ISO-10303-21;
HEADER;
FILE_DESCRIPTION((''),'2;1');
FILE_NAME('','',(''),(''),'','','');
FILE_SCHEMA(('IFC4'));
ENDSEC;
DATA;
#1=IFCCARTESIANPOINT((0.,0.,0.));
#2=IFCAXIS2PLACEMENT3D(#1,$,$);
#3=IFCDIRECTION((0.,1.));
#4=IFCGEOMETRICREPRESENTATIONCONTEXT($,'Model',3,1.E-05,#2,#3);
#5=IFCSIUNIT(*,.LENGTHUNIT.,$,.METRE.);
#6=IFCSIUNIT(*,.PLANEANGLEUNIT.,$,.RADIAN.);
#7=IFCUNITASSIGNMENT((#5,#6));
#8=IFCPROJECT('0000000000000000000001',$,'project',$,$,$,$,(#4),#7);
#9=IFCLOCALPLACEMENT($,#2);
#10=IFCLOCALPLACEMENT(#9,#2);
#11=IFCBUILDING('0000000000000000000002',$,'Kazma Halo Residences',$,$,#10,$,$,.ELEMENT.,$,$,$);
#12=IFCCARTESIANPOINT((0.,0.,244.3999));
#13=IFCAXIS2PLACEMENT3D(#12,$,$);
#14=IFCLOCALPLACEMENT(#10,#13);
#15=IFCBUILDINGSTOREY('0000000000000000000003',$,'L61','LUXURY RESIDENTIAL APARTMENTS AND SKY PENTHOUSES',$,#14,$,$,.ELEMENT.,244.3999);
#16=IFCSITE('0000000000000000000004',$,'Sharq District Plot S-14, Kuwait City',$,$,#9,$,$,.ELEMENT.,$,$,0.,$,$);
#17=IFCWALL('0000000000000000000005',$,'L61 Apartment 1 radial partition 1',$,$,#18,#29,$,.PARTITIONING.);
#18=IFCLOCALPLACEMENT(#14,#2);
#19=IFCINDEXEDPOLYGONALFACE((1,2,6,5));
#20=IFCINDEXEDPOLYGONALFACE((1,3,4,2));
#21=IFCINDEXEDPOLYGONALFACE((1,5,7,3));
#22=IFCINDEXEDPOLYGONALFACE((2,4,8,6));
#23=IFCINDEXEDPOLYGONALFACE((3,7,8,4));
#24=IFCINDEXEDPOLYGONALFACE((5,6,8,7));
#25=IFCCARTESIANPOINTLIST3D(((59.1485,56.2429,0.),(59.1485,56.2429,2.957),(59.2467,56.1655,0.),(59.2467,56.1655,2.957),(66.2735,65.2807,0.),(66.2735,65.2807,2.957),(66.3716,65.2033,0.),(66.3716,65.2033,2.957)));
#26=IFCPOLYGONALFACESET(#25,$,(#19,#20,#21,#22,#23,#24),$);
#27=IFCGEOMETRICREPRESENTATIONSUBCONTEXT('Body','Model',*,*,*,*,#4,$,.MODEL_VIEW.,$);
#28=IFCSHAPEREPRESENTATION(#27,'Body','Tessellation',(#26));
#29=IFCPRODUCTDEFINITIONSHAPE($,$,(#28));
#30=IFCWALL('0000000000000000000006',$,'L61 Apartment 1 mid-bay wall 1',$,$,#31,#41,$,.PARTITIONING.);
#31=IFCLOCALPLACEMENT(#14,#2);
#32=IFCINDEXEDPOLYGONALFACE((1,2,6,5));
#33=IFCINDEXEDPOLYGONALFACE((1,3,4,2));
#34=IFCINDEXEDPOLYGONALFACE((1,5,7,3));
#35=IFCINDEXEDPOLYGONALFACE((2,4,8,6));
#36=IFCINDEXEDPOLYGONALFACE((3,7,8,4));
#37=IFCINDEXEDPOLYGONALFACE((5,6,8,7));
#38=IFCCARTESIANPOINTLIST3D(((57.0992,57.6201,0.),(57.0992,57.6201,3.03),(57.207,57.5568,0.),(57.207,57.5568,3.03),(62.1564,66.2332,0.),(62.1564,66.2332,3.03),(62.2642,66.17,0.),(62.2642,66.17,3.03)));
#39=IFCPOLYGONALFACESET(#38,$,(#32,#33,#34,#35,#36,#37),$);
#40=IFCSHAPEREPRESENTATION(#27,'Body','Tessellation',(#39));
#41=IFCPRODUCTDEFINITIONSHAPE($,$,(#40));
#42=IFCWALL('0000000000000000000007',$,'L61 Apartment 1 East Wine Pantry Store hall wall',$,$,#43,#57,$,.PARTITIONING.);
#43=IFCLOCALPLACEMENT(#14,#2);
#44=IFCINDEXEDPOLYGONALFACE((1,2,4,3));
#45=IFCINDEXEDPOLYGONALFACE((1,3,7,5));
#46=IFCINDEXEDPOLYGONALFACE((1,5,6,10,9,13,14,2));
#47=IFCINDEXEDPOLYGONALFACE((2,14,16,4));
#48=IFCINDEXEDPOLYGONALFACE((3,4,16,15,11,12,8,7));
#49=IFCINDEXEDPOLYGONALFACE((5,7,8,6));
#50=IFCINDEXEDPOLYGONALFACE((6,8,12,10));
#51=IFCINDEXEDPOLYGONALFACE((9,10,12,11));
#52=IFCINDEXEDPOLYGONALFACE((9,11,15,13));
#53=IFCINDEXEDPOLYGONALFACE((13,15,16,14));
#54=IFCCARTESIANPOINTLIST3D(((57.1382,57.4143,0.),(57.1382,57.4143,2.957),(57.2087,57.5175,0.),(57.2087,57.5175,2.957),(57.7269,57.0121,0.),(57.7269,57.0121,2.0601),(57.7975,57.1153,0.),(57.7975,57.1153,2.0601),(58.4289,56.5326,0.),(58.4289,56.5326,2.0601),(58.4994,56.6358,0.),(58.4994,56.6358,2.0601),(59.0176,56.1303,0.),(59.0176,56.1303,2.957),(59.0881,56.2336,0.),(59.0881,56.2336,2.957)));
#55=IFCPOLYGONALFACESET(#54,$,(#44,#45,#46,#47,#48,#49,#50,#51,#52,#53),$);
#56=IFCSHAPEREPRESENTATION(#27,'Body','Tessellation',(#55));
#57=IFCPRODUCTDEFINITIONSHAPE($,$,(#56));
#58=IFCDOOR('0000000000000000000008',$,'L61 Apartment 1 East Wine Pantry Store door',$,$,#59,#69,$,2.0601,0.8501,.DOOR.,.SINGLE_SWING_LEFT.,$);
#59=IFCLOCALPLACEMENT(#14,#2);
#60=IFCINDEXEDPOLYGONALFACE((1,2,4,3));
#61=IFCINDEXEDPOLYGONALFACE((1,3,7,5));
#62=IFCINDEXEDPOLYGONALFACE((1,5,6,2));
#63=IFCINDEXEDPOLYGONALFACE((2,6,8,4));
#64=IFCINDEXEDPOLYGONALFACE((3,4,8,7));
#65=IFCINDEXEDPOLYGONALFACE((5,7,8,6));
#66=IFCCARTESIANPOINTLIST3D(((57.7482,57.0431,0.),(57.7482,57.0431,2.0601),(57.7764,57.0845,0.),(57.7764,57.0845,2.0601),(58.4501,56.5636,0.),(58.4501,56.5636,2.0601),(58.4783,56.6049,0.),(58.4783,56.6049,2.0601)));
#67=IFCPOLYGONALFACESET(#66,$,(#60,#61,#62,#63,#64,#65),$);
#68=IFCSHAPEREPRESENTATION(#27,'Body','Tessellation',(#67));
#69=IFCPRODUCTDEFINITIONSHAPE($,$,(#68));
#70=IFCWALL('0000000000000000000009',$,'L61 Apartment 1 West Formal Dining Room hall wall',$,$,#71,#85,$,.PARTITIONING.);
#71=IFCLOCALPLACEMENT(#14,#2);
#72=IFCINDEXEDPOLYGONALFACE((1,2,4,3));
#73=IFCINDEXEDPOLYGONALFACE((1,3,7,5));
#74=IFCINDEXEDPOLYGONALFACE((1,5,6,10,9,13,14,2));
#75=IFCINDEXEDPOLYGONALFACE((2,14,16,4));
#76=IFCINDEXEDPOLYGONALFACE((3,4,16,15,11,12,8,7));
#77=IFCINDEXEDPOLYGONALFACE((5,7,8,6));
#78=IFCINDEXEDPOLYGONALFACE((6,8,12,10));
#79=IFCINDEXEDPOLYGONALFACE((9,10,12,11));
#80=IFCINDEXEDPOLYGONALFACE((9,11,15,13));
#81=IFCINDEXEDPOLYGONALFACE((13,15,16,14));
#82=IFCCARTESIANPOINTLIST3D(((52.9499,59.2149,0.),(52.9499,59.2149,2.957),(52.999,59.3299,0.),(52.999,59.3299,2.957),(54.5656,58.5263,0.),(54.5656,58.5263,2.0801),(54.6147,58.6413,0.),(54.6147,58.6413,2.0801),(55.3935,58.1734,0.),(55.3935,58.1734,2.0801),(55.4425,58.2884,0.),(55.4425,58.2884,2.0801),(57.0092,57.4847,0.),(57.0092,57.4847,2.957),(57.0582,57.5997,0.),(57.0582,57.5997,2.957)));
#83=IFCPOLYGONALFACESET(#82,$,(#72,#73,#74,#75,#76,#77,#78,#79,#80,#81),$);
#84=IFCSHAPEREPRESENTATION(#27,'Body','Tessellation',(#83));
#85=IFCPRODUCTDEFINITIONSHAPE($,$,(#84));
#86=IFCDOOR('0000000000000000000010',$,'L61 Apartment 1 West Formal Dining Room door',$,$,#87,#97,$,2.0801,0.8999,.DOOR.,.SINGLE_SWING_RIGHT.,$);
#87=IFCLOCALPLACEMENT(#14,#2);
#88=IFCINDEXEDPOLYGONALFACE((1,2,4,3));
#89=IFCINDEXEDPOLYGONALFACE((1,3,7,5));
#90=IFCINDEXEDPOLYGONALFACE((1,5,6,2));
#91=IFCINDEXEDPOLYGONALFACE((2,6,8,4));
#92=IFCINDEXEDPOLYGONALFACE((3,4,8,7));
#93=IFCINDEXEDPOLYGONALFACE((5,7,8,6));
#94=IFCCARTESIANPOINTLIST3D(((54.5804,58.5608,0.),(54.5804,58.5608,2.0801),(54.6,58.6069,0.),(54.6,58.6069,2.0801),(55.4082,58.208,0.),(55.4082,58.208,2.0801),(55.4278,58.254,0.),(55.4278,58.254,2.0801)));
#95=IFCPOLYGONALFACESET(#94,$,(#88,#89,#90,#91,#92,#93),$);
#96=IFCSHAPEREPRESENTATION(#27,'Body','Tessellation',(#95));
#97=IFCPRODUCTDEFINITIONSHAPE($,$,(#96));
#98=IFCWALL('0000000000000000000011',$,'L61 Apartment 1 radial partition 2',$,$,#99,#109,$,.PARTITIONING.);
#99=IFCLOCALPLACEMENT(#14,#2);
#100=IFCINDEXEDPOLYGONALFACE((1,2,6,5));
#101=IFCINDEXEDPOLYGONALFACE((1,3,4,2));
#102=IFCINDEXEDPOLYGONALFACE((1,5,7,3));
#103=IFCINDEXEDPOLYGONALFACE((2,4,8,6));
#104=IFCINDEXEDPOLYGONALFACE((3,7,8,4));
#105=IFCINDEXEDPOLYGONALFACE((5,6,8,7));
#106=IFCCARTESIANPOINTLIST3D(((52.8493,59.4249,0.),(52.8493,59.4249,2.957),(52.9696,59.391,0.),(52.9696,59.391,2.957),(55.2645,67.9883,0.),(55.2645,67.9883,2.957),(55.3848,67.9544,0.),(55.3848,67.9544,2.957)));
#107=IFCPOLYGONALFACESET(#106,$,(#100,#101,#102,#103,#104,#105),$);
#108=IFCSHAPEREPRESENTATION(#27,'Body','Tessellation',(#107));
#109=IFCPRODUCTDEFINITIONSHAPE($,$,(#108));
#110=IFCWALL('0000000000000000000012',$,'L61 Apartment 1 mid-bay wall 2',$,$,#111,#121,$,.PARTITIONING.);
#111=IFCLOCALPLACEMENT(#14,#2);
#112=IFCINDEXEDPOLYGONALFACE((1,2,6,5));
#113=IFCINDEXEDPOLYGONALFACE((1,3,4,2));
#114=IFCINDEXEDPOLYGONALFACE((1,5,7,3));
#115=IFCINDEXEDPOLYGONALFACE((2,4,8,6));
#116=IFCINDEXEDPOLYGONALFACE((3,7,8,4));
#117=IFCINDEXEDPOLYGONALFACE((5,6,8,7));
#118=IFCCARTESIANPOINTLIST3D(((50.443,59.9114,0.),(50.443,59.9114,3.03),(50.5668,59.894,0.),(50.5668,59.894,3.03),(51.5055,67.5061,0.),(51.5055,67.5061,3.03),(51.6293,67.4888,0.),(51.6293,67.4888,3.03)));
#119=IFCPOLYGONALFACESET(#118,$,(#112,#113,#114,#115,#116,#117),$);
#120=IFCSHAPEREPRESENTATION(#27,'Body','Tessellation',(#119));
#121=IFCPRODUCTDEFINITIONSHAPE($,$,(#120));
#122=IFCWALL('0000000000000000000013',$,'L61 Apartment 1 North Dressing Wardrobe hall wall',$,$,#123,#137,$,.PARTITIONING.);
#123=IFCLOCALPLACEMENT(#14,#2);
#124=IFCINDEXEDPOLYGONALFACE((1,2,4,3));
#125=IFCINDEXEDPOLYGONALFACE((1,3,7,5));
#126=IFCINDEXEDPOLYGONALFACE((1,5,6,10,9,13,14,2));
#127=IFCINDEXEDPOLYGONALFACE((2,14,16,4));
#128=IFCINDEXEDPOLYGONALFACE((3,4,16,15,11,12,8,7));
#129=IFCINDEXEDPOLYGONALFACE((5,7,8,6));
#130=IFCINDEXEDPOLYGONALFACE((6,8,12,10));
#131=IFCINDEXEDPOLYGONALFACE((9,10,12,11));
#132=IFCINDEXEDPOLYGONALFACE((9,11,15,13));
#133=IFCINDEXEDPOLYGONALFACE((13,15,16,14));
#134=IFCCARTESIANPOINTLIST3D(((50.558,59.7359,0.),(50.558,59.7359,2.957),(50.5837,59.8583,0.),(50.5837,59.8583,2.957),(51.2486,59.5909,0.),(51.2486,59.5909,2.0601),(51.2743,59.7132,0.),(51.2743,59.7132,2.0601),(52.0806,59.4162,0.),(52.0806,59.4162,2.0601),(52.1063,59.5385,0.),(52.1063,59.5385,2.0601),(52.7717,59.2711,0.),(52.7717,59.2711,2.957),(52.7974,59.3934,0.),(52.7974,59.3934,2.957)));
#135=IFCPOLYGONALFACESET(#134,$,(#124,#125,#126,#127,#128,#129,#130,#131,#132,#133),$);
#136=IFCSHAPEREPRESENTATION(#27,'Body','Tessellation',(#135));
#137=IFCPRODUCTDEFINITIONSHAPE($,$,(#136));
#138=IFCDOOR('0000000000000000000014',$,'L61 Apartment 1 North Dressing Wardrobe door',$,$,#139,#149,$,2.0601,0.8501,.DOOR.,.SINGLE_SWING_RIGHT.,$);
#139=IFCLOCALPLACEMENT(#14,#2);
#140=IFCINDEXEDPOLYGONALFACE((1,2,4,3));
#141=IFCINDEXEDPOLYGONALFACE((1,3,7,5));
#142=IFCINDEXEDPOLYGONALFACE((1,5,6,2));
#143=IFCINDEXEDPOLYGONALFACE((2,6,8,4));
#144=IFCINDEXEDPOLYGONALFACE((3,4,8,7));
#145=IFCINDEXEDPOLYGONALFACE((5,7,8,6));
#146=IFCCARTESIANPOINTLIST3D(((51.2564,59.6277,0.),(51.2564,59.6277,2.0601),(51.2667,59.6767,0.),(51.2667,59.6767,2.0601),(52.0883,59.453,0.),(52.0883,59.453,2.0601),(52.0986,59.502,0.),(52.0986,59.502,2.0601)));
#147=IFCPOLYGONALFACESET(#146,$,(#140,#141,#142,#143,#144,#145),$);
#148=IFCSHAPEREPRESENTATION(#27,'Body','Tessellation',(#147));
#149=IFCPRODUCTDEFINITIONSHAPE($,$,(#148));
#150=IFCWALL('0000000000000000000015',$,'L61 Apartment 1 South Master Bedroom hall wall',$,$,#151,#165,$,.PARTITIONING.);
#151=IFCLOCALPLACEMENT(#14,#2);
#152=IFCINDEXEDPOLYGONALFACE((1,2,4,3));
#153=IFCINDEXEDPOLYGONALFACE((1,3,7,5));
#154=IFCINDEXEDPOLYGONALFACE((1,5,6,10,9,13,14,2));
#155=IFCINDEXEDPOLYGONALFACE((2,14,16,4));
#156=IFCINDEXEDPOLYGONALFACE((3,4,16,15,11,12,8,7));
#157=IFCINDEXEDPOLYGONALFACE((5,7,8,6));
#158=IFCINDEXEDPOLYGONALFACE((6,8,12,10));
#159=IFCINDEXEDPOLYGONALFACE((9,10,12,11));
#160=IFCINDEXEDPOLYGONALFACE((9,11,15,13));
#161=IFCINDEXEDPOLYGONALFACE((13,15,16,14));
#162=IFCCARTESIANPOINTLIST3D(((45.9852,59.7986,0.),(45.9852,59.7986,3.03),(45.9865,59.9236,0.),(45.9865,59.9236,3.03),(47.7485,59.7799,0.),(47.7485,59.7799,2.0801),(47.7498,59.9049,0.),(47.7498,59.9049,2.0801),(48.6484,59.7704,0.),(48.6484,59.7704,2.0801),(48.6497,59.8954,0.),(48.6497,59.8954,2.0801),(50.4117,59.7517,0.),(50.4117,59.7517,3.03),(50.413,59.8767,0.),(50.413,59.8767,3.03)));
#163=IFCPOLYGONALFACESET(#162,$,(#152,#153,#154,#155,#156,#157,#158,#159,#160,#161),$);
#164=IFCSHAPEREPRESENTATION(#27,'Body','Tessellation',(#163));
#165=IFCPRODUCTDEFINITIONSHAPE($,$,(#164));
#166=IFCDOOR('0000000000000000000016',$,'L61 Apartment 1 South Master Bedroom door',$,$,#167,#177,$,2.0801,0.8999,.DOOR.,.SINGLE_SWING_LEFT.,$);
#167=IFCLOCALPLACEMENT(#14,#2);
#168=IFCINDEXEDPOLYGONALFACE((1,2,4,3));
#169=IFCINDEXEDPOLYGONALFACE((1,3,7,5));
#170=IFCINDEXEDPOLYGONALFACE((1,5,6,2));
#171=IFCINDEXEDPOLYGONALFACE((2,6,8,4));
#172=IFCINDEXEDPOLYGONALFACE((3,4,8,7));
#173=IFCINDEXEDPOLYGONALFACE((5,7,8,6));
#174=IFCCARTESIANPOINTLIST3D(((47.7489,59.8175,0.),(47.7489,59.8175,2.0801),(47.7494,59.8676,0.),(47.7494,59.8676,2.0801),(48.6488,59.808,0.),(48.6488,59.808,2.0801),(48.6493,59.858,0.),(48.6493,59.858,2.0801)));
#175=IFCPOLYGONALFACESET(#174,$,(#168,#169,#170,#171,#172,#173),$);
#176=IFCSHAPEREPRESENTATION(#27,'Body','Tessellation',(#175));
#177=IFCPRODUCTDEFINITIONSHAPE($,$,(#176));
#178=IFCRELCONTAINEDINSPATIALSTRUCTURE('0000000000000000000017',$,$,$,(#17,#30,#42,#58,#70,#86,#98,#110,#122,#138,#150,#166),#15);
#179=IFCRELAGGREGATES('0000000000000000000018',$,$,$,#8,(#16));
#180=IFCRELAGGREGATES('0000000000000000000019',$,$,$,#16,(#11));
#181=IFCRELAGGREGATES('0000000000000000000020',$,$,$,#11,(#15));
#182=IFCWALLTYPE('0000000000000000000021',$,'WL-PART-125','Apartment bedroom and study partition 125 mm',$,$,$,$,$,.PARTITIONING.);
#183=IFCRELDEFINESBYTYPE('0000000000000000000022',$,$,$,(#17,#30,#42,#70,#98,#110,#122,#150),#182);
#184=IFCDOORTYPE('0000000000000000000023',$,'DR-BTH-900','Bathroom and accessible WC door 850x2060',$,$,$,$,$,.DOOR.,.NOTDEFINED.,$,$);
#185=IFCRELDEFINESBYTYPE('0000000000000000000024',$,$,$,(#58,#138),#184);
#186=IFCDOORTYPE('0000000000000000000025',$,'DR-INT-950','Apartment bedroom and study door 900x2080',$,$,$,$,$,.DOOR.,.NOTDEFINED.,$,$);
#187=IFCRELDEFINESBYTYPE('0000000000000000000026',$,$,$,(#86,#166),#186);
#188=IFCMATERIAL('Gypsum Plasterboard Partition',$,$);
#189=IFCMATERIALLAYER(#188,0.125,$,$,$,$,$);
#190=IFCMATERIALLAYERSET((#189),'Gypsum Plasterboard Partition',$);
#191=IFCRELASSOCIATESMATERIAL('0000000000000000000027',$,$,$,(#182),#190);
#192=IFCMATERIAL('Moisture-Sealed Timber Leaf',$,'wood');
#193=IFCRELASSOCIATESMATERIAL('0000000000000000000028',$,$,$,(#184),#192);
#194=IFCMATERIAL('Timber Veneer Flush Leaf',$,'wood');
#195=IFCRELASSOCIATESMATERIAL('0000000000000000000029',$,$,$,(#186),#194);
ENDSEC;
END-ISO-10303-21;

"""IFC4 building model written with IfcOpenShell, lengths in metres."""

from ifc_helpers import new_model, si_unit, direction, frame, frame_2d, origin, place, context, subcontext, project, spatial, rectangle, extrude, material, layer, layer_set, type_object, element, fill, save


model = new_model("IFC4")

# Units and contexts
model_context = context("Model", 3, precision=1e-05, world=origin(), true_north=direction((0.0, 1.0)))
body_context = subcontext(model_context, "Body", "Model", "MODEL_VIEW")
ifc_project = project(units=[si_unit("LENGTHUNIT", "METRE"), si_unit("PLANEANGLEUNIT", "RADIAN")], contexts=[model_context])

# Site, building, storey
site_placement = place(None, origin())
site = spatial("IfcSite", under=ifc_project, at=site_placement, Name="Sharq District Plot S-14, Kuwait City", CompositionType="ELEMENT", RefElevation=0.0)
building_placement = place(site_placement, origin())
building = spatial("IfcBuilding", under=site, at=building_placement, Name="Kazma Halo Residences", CompositionType="ELEMENT")
storey_placement = place(building_placement, frame((0.0, 0.0, 244.3999)))
storey = spatial("IfcBuildingStorey", under=building, at=storey_placement, Name="L61", Description="LUXURY RESIDENTIAL APARTMENTS AND SKY PENTHOUSES", CompositionType="ELEMENT", Elevation=244.3999)

# Shared definitions
ifc_material_1 = material(Name="Gypsum Plasterboard Partition")
ifc_layer_1 = layer(ifc_material_1, 0.125)
ifc_layer_set_1 = layer_set([ifc_layer_1], Name="Gypsum Plasterboard Partition")
wall_type_1 = type_object("IfcWallType", Name="WL-PART-125", Description="Apartment bedroom and study partition 125 mm", PredefinedType="PARTITIONING", material=ifc_layer_set_1)

# Walls
wall_1_placement = place(storey_placement, frame((59.1975, 56.2041, 0.0), z_axis=(0.0, 0.0, 1.0), x_axis=(0.619101, 0.785311, 0.0)))
element("IfcWall", 1, at=wall_1_placement, inside=storey, type_object=wall_type_1, Name="L61 Apartment 1 radial partition 1", PredefinedType="PARTITIONING", context=body_context, shape_type="SweptSolid", body=[
    extrude(rectangle(XDim=11.5085, YDim=0.125, at=frame_2d((5.7544, 0.0))), origin(), (0.0, 0.0, 1.0), 2.957),
])
wall_2_placement = place(storey_placement, frame((57.1531, 57.5884, 0.0), z_axis=(0.0, 0.0, 1.0), x_axis=(0.506323, 0.862344, 0.0)))
element("IfcWall", 2, at=wall_2_placement, inside=storey, type_object=wall_type_1, Name="L61 Apartment 1 mid-bay wall 1", PredefinedType="PARTITIONING", context=body_context, shape_type="SweptSolid", body=[
    extrude(rectangle(XDim=9.988, YDim=0.125, at=frame_2d((4.9941, 0.0))), origin(), (0.0, 0.0, 1.0), 3.03),
])

# Walls, openings, doors
wall_3_placement = place(storey_placement, frame((59.053, 56.1819, 0.0), z_axis=(0.0, 0.0, 1.0), x_axis=(-0.82571, 0.564095, 0.0)))
wall_3 = element("IfcWall", 3, at=wall_3_placement, inside=storey, type_object=wall_type_1, Name="L61 Apartment 1 East Wine Pantry Store hall wall", PredefinedType="PARTITIONING", context=body_context, shape_type="SweptSolid", body=[
    extrude(rectangle(XDim=2.2761, YDim=0.125, at=frame_2d((1.1382, 0.0))), origin(), (0.0, 0.0, 1.0), 2.957),
])
opening_1_placement = place(wall_3_placement, frame((0.7131, 0.0, 0.0)))
opening_1 = element("IfcOpeningElement", 4, at=opening_1_placement, cuts=wall_3, PredefinedType="OPENING", context=body_context, shape_type="SweptSolid", body=[
    extrude(rectangle(XDim=0.8501, YDim=2.0601, at=frame_2d((0.425, 1.03))), frame((0.0, 0.0725, 0.0), z_axis=(0.0, -1.0, 0.0), x_axis=(1.0, 0.0, 0.0)), (0.0, 0.0, 1.0), 0.145),
])
ifc_material_2 = material(Name="Moisture-Sealed Timber Leaf", Category="wood")
door_type_1 = type_object("IfcDoorType", Name="DR-BTH-900", Description="Bathroom and accessible WC door 850x2060", OperationType="NOTDEFINED", PredefinedType="DOOR", material=ifc_material_2)
door_1_placement = place(opening_1_placement, origin())
door_1 = element("IfcDoor", 5, at=door_1_placement, inside=storey, type_object=door_type_1, Name="L61 Apartment 1 East Wine Pantry Store door", OperationType="SINGLE_SWING_LEFT", OverallHeight=2.0601, OverallWidth=0.8501, PredefinedType="DOOR", context=body_context, shape_type="SweptSolid", body=[
    extrude(rectangle(XDim=0.8501, YDim=2.0601, at=frame_2d((0.425, 1.03))), frame((0.0, 0.0249, 0.0), z_axis=(0.0, -1.0, 0.0), x_axis=(1.0, 0.0, 0.0)), (0.0, 0.0, 1.0), 0.05),
])
fill(opening_1, door_1)
wall_4_placement = place(storey_placement, frame((57.0337, 57.5422, 0.0), z_axis=(0.0, 0.0, 1.0), x_axis=(-0.919922, 0.392102, 0.0)))
wall_4 = element("IfcWall", 6, at=wall_4_placement, inside=storey, type_object=wall_type_1, Name="L61 Apartment 1 West Formal Dining Room hall wall", PredefinedType="PARTITIONING", context=body_context, shape_type="SweptSolid", body=[
    extrude(rectangle(XDim=4.4126, YDim=0.125, at=frame_2d((2.2063, 0.0))), origin(), (0.0, 0.0, 1.0), 2.957),
])
opening_2_placement = place(wall_4_placement, frame((1.7563, 0.0, 0.0)))
opening_2 = element("IfcOpeningElement", 7, at=opening_2_placement, cuts=wall_4, PredefinedType="OPENING", context=body_context, shape_type="SweptSolid", body=[
    extrude(rectangle(XDim=0.8999, YDim=2.0801, at=frame_2d((0.45, 1.04))), frame((0.0, 0.0725, 0.0), z_axis=(0.0, -1.0, 0.0), x_axis=(1.0, 0.0, 0.0)), (0.0, 0.0, 1.0), 0.145),
])
ifc_material_3 = material(Name="Timber Veneer Flush Leaf", Category="wood")
door_type_2 = type_object("IfcDoorType", Name="DR-INT-950", Description="Apartment bedroom and study door 900x2080", OperationType="NOTDEFINED", PredefinedType="DOOR", material=ifc_material_3)
door_2_placement = place(opening_2_placement, origin())
door_2 = element("IfcDoor", 8, at=door_2_placement, inside=storey, type_object=door_type_2, Name="L61 Apartment 1 West Formal Dining Room door", OperationType="SINGLE_SWING_RIGHT", OverallHeight=2.0801, OverallWidth=0.8999, PredefinedType="DOOR", context=body_context, shape_type="SweptSolid", body=[
    extrude(rectangle(XDim=0.8999, YDim=2.0801, at=frame_2d((0.45, 1.04))), frame((0.0, 0.0249, 0.0), z_axis=(0.0, -1.0, 0.0), x_axis=(1.0, 0.0, 0.0)), (0.0, 0.0, 1.0), 0.05),
])
fill(opening_2, door_2)

# Walls
wall_5_placement = place(storey_placement, frame((52.9094, 59.408, 0.0), z_axis=(0.0, 0.0, 1.0), x_axis=(0.271454, 0.962451, 0.0)))
element("IfcWall", 9, at=wall_5_placement, inside=storey, type_object=wall_type_1, Name="L61 Apartment 1 radial partition 2", PredefinedType="PARTITIONING", context=body_context, shape_type="SweptSolid", body=[
    extrude(rectangle(XDim=8.8975, YDim=0.125, at=frame_2d((4.4487, 0.0))), origin(), (0.0, 0.0, 1.0), 2.957),
])
wall_6_placement = place(storey_placement, frame((50.5049, 59.9026, 0.0), z_axis=(0.0, 0.0, 1.0), x_axis=(0.13855, 0.990355, 0.0)))
element("IfcWall", 10, at=wall_6_placement, inside=storey, type_object=wall_type_1, Name="L61 Apartment 1 mid-bay wall 2", PredefinedType="PARTITIONING", context=body_context, shape_type="SweptSolid", body=[
    extrude(rectangle(XDim=7.6687, YDim=0.125, at=frame_2d((3.8345, 0.0))), origin(), (0.0, 0.0, 1.0), 3.03),
])

# Walls, openings, doors
wall_7_placement = place(storey_placement, frame((52.7844, 59.3323, 0.0), z_axis=(0.0, 0.0, 1.0), x_axis=(-0.978655, 0.20551, 0.0)))
wall_7 = element("IfcWall", 11, at=wall_7_placement, inside=storey, type_object=wall_type_1, Name="L61 Apartment 1 North Dressing Wardrobe hall wall", PredefinedType="PARTITIONING", context=body_context, shape_type="SweptSolid", body=[
    extrude(rectangle(XDim=2.262, YDim=0.125, at=frame_2d((1.1309, 0.0))), origin(), (0.0, 0.0, 1.0), 2.957),
])
opening_3_placement = place(wall_7_placement, frame((0.7061, 0.0, 0.0)))
opening_3 = element("IfcOpeningElement", 12, at=opening_3_placement, cuts=wall_7, PredefinedType="OPENING", context=body_context, shape_type="SweptSolid", body=[
    extrude(rectangle(XDim=0.8501, YDim=2.0601, at=frame_2d((0.425, 1.03))), frame((0.0, 0.0725, 0.0), z_axis=(0.0, -1.0, 0.0), x_axis=(1.0, 0.0, 0.0)), (0.0, 0.0, 1.0), 0.145),
])
door_3_placement = place(opening_3_placement, origin())
door_3 = element("IfcDoor", 13, at=door_3_placement, inside=storey, type_object=door_type_1, Name="L61 Apartment 1 North Dressing Wardrobe door", OperationType="SINGLE_SWING_RIGHT", OverallHeight=2.0601, OverallWidth=0.8501, PredefinedType="DOOR", context=body_context, shape_type="SweptSolid", body=[
    extrude(rectangle(XDim=0.8501, YDim=2.0601, at=frame_2d((0.425, 1.03))), frame((0.0, 0.0249, 0.0), z_axis=(0.0, -1.0, 0.0), x_axis=(1.0, 0.0, 0.0)), (0.0, 0.0, 1.0), 0.05),
])
fill(opening_3, door_3)
wall_8_placement = place(storey_placement, frame((50.4124, 59.8142, 0.0), z_axis=(0.0, 0.0, 1.0), x_axis=(-0.999944, 0.010589, 0.0)))
wall_8 = element("IfcWall", 14, at=wall_8_placement, inside=storey, type_object=wall_type_1, Name="L61 Apartment 1 South Master Bedroom hall wall", PredefinedType="PARTITIONING", context=body_context, shape_type="SweptSolid", body=[
    extrude(rectangle(XDim=4.4268, YDim=0.125, at=frame_2d((2.2134, 0.0))), origin(), (0.0, 0.0, 1.0), 3.03),
])
opening_4_placement = place(wall_8_placement, frame((1.7634, 0.0, 0.0)))
opening_4 = element("IfcOpeningElement", 15, at=opening_4_placement, cuts=wall_8, PredefinedType="OPENING", context=body_context, shape_type="SweptSolid", body=[
    extrude(rectangle(XDim=0.8999, YDim=2.0801, at=frame_2d((0.45, 1.04))), frame((0.0, 0.0725, 0.0), z_axis=(0.0, -1.0, 0.0), x_axis=(1.0, 0.0, 0.0)), (0.0, 0.0, 1.0), 0.145),
])
door_4_placement = place(opening_4_placement, origin())
door_4 = element("IfcDoor", 16, at=door_4_placement, inside=storey, type_object=door_type_2, Name="L61 Apartment 1 South Master Bedroom door", OperationType="SINGLE_SWING_LEFT", OverallHeight=2.0801, OverallWidth=0.8999, PredefinedType="DOOR", context=body_context, shape_type="SweptSolid", body=[
    extrude(rectangle(XDim=0.8999, YDim=2.0801, at=frame_2d((0.45, 1.04))), frame((0.0, 0.0249, 0.0), z_axis=(0.0, -1.0, 0.0), x_axis=(1.0, 0.0, 0.0)), (0.0, 0.0, 1.0), 0.05),
])
fill(opening_4, door_4)

save(model, "model.ifc")
